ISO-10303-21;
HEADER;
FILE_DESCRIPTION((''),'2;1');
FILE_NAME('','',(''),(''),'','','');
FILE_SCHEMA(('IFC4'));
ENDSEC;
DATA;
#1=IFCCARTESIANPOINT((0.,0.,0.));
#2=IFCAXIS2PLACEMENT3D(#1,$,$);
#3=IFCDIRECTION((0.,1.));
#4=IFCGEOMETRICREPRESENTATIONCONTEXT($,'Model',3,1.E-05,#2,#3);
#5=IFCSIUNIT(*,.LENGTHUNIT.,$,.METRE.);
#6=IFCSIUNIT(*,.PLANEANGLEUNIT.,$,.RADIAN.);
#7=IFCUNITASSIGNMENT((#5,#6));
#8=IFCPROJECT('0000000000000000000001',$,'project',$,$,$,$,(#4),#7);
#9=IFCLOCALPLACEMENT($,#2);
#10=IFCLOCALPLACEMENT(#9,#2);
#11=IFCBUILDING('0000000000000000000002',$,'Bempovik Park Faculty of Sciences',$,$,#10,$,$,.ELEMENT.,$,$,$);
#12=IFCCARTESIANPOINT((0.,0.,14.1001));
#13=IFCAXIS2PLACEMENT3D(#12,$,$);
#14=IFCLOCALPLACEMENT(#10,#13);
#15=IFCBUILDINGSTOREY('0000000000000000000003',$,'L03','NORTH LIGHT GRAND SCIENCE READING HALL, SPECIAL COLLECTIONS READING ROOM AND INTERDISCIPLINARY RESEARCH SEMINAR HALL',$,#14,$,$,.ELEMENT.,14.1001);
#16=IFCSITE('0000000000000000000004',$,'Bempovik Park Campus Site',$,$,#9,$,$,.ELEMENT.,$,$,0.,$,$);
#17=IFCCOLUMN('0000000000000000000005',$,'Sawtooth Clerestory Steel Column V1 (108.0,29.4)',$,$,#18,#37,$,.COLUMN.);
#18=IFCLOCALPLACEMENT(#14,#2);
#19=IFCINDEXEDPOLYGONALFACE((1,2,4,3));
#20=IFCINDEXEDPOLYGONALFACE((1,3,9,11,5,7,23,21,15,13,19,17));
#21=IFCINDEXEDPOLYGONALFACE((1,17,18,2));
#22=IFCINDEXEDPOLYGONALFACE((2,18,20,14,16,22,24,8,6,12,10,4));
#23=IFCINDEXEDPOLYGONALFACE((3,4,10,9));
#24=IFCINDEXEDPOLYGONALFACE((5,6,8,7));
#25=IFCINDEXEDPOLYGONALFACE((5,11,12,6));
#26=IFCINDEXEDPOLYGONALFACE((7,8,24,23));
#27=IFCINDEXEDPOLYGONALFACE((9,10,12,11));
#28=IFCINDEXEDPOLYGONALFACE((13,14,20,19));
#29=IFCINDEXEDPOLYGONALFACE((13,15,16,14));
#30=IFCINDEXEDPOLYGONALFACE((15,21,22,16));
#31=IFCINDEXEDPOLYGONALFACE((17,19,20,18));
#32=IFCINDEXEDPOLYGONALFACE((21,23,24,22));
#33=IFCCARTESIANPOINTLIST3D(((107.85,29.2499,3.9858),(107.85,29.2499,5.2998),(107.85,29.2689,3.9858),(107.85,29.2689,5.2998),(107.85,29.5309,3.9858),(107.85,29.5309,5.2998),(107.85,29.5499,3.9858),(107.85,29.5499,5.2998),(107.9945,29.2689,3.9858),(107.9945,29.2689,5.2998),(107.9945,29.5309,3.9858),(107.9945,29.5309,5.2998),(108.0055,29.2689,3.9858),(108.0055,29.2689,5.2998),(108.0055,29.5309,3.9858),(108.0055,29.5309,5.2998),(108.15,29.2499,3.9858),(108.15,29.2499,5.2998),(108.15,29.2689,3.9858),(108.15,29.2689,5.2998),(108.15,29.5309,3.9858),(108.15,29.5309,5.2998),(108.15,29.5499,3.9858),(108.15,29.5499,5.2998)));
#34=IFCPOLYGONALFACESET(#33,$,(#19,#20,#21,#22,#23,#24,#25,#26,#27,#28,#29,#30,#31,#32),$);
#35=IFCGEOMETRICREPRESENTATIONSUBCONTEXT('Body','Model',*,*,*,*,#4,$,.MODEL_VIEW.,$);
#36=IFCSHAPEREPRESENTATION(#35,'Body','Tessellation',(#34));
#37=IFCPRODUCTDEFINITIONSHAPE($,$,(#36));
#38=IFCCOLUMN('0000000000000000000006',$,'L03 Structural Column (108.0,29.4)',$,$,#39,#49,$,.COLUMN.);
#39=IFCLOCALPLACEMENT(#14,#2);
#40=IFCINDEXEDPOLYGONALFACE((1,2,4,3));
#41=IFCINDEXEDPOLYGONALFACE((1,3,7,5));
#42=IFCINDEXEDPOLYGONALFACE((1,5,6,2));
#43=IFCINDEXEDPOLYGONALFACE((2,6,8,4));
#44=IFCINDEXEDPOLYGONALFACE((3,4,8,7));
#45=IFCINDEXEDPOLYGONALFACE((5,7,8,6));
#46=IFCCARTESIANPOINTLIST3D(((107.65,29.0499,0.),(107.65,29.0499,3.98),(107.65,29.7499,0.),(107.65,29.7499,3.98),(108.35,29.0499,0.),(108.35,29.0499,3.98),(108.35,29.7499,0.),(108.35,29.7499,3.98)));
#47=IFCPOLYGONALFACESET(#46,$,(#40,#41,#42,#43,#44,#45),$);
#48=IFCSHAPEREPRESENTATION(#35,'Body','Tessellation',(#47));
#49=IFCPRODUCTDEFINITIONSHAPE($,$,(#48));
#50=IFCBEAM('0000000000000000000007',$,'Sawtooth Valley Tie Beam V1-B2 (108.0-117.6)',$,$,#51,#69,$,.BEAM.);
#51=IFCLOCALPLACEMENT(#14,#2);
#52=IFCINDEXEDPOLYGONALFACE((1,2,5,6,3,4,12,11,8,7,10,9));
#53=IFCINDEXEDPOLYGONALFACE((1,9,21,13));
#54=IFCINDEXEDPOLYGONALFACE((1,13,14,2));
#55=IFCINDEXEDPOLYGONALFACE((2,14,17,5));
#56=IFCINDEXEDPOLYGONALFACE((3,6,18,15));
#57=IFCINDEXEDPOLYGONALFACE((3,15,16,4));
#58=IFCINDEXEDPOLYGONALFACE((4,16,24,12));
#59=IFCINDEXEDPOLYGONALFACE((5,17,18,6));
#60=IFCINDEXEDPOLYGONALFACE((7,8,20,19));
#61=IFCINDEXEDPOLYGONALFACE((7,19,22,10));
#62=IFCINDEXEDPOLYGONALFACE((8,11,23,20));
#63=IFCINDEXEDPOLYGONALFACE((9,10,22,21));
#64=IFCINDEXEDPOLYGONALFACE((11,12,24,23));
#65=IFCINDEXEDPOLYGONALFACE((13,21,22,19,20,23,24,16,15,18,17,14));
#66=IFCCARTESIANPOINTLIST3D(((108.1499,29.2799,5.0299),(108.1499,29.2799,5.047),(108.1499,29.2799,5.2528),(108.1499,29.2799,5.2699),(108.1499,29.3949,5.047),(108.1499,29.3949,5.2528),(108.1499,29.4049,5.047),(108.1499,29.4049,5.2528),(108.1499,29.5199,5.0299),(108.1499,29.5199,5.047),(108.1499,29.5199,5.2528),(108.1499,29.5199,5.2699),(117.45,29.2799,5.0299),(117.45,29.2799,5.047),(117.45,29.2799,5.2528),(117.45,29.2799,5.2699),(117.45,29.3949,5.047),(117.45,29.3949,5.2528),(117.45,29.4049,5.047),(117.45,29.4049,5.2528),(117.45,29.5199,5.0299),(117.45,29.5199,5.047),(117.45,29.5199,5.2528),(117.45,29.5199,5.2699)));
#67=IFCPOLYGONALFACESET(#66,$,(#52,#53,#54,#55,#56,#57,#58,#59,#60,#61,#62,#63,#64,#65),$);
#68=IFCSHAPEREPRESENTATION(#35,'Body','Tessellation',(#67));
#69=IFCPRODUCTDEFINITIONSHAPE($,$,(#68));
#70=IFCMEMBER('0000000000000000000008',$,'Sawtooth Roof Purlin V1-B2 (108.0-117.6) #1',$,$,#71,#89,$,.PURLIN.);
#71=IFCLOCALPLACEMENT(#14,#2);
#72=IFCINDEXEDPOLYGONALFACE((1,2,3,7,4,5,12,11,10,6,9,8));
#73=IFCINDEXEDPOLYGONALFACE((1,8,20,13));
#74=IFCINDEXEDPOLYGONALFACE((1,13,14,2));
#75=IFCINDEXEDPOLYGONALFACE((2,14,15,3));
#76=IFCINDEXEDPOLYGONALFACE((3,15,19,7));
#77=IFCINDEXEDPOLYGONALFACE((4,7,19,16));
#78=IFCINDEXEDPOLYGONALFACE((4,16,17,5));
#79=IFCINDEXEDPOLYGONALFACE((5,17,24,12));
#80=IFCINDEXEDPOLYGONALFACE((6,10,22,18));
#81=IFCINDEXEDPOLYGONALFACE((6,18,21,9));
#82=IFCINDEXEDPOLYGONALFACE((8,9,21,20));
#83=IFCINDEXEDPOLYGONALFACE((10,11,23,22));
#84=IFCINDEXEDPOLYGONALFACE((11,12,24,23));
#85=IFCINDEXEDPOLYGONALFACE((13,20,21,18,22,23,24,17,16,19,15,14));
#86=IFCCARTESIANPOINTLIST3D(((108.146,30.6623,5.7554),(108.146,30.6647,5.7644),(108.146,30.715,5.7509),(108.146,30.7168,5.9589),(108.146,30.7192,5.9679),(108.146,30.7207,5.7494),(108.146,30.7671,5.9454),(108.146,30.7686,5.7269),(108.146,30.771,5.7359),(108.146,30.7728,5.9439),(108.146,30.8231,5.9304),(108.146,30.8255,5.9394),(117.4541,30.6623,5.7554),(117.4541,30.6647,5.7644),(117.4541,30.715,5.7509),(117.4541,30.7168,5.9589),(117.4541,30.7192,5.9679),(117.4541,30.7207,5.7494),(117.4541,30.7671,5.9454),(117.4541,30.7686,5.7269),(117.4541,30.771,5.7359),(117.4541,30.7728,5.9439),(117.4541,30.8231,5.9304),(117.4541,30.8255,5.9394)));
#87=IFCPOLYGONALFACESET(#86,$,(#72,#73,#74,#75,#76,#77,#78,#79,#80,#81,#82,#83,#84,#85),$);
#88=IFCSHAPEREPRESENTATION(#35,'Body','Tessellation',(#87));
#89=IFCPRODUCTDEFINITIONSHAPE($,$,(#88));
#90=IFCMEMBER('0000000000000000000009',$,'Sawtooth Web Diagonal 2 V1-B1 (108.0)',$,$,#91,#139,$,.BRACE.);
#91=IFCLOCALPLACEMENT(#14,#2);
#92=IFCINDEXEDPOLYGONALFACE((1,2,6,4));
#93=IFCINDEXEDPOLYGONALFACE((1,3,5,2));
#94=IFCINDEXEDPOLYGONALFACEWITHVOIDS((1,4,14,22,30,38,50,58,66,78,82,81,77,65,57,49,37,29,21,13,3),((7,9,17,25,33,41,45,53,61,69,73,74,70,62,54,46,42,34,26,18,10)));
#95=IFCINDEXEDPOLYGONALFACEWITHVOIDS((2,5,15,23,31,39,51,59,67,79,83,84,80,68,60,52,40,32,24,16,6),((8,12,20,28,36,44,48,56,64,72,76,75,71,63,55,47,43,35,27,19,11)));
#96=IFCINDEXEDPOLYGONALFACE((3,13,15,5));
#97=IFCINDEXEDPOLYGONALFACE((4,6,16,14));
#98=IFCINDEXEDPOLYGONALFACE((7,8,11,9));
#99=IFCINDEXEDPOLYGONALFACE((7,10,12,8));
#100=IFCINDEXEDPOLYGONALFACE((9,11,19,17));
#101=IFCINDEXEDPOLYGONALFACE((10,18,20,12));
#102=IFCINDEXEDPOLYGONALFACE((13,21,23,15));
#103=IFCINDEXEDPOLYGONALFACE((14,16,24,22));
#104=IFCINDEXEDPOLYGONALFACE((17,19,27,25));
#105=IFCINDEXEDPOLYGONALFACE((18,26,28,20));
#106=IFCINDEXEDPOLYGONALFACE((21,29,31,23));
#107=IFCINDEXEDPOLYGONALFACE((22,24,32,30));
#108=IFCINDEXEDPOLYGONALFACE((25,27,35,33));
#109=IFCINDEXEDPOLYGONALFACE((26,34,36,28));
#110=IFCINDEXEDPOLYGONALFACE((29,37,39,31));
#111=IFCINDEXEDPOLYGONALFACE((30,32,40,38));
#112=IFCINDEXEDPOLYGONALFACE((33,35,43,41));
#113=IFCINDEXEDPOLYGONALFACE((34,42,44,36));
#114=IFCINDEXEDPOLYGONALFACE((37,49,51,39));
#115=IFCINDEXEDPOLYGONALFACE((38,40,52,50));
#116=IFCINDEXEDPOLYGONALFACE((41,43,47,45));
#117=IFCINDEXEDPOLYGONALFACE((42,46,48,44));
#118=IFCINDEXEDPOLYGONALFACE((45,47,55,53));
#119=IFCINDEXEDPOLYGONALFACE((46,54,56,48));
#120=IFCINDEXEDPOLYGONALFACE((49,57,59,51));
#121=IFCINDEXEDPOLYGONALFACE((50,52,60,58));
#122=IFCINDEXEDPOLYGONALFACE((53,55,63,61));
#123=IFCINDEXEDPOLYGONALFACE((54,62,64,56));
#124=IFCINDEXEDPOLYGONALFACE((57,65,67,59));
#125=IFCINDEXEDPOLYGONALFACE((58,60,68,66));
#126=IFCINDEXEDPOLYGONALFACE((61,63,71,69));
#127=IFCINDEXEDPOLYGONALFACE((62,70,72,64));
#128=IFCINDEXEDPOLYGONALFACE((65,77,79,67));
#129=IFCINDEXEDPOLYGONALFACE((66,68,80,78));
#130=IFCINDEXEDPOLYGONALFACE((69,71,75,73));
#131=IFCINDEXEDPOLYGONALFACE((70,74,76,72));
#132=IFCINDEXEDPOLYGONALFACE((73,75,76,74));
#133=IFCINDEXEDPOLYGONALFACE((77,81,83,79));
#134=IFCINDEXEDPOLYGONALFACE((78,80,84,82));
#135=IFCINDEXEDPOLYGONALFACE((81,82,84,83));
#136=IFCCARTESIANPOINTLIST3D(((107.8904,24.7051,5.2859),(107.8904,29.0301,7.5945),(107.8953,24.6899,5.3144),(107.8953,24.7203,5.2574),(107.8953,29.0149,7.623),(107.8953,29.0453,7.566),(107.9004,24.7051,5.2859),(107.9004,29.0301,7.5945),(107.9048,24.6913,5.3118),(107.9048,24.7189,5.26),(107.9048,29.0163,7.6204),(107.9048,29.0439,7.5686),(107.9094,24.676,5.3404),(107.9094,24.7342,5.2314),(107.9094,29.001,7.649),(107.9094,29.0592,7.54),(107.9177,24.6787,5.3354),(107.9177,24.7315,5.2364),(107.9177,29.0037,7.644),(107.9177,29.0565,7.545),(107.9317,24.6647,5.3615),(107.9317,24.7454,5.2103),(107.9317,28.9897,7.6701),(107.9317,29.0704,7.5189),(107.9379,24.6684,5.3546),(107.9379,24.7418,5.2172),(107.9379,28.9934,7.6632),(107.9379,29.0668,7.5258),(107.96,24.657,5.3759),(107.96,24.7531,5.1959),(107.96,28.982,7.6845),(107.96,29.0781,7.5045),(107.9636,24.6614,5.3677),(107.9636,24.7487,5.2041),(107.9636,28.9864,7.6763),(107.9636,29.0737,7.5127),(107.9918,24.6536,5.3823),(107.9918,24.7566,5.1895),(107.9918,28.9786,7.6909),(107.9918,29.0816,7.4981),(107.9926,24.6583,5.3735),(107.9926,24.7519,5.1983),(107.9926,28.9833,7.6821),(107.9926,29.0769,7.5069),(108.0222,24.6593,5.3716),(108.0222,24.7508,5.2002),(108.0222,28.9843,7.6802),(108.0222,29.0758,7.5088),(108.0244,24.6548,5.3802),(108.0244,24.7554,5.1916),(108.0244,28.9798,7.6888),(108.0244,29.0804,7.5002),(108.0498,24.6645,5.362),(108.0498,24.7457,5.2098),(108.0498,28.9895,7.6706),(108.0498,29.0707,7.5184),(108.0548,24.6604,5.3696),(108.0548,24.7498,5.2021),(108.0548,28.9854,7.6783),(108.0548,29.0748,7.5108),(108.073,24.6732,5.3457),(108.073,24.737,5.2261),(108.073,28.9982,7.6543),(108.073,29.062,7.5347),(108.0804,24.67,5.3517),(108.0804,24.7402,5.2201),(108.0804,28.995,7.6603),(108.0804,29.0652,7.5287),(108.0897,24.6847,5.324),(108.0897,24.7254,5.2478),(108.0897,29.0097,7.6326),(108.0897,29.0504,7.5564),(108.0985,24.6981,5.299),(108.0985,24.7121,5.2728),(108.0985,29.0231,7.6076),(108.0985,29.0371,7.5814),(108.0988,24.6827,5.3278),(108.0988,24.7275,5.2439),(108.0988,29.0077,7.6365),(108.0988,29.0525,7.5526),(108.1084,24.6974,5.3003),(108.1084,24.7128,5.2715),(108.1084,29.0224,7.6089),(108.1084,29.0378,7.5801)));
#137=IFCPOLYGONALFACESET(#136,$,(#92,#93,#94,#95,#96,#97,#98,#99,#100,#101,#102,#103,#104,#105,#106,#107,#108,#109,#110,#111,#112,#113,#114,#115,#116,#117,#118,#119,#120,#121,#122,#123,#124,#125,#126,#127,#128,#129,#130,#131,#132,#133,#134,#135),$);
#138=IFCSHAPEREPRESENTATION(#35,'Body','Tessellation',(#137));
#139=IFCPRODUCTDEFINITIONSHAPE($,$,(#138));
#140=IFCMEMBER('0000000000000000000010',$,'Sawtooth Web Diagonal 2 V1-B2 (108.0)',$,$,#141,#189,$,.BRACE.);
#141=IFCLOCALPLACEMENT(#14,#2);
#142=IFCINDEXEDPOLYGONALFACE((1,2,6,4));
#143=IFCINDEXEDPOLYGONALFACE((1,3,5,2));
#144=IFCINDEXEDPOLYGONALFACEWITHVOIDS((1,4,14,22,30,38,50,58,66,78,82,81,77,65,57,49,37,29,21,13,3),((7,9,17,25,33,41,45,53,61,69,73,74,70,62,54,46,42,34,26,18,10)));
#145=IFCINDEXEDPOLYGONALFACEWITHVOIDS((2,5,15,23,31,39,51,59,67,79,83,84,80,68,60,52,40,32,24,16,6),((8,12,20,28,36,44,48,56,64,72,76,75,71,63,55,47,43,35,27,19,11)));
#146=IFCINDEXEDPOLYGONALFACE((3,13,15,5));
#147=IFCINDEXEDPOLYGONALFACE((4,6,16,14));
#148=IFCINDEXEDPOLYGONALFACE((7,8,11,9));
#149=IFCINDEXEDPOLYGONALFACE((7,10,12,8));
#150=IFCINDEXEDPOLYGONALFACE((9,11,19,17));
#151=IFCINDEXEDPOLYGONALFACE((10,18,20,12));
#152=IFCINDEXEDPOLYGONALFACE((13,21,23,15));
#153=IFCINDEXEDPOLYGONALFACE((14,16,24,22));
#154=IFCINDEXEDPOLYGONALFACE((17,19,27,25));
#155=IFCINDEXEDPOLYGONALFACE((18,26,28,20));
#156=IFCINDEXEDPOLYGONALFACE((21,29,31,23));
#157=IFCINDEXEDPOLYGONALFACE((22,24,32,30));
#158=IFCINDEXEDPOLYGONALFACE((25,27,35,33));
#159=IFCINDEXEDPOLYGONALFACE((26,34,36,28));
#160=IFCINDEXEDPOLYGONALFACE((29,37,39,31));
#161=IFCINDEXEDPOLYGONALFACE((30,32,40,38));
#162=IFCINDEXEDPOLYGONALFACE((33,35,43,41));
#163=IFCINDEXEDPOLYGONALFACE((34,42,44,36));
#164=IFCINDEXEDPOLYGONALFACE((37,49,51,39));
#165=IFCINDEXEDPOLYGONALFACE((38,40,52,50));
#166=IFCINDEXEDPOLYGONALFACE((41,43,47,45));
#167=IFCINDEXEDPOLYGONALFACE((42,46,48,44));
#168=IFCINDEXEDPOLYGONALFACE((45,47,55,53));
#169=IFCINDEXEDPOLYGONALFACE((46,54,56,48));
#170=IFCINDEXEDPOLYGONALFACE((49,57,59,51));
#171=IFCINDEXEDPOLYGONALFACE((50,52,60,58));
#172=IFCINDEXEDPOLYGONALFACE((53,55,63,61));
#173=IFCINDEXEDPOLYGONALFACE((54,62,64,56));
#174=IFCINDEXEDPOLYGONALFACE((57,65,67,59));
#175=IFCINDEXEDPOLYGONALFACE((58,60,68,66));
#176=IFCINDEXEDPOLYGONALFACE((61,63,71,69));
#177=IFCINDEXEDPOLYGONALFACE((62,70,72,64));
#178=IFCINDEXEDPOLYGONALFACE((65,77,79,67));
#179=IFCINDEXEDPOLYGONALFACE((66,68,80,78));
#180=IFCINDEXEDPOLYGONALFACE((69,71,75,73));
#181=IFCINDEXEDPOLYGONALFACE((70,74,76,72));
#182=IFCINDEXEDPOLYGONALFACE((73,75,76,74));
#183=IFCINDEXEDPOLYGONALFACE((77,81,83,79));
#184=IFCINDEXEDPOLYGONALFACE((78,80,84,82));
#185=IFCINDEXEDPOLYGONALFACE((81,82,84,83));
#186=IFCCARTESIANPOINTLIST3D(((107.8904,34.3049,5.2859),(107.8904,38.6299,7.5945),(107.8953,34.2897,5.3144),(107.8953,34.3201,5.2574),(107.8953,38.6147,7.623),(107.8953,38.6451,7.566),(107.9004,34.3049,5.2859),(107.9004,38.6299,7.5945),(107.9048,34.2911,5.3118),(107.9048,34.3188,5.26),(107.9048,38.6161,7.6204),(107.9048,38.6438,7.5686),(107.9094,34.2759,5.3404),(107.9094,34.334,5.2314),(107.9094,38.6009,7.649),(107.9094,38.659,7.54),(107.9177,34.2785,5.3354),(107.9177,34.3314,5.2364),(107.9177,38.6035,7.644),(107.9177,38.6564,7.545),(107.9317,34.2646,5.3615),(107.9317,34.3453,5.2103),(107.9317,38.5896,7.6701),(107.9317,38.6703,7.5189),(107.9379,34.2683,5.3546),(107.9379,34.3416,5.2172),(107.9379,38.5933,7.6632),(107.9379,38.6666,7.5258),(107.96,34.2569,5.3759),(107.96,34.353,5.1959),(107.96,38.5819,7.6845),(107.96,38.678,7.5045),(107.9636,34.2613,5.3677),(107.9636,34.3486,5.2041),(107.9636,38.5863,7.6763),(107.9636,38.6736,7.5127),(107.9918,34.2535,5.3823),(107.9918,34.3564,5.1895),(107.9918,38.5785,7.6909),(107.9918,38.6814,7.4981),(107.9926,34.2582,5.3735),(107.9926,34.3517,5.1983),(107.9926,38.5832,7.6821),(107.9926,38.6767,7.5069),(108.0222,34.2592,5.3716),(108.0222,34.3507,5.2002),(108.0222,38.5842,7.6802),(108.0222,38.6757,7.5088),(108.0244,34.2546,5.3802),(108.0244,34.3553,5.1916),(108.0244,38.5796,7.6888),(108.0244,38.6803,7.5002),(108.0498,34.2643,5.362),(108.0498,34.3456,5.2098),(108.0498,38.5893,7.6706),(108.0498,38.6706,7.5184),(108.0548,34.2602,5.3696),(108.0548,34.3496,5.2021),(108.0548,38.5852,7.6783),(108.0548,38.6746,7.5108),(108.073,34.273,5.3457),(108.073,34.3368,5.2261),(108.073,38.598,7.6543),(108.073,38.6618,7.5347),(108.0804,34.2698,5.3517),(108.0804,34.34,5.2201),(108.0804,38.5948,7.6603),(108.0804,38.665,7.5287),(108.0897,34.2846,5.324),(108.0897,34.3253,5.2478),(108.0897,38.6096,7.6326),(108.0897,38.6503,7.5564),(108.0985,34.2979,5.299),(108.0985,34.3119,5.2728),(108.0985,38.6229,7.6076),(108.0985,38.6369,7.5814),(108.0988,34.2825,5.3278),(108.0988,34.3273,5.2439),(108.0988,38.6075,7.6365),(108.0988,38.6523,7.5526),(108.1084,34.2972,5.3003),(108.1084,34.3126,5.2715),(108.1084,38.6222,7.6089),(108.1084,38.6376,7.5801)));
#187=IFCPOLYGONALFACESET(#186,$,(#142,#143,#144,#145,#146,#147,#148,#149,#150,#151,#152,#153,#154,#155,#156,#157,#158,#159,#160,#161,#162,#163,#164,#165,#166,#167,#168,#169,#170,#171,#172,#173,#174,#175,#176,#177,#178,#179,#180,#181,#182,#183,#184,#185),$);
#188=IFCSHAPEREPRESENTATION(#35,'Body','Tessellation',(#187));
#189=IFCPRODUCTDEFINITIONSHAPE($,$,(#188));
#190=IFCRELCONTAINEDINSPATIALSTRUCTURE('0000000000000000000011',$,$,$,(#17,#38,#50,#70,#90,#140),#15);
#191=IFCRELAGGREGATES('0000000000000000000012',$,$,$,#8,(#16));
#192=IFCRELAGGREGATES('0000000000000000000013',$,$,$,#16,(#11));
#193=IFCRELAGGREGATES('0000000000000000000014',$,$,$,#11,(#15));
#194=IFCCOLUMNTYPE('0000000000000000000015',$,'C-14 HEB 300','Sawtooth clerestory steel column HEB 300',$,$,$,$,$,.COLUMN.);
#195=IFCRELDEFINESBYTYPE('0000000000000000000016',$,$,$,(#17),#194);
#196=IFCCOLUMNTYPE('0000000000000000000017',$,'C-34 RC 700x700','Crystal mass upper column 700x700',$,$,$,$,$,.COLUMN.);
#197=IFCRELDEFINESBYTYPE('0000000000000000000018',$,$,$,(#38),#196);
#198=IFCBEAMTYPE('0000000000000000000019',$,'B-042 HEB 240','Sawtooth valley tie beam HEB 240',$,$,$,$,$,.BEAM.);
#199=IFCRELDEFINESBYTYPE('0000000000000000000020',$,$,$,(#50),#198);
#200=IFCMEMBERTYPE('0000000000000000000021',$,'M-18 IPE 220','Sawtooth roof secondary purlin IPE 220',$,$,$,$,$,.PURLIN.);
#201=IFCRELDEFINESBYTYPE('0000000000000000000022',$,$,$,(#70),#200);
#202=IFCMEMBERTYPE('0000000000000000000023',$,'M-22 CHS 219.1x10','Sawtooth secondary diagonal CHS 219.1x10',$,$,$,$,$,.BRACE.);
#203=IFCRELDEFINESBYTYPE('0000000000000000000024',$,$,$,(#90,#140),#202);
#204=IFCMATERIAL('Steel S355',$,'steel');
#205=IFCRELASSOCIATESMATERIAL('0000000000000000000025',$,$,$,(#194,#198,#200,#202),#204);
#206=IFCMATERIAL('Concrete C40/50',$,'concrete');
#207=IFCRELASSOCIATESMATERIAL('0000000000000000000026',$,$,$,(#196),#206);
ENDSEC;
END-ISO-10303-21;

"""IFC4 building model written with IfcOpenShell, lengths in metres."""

from ifc_helpers import new_model, si_unit, direction, frame, origin, origin_2d, place, context, subcontext, project, spatial, rectangle, hollow_circle, i_section, extrude, material, material_profile, profile_set, type_object, element, save


model = new_model("IFC4")

# Units and contexts
model_context = context("Model", 3, precision=1e-05, world=origin(), true_north=direction((0.0, 1.0)))
body_context = subcontext(model_context, "Body", "Model", "MODEL_VIEW")
ifc_project = project(units=[si_unit("LENGTHUNIT", "METRE"), si_unit("PLANEANGLEUNIT", "RADIAN")], contexts=[model_context])

# Site, building, storey
site_placement = place(None, origin())
site = spatial("IfcSite", under=ifc_project, at=site_placement, Name="Bempovik Park Campus Site", CompositionType="ELEMENT", RefElevation=0.0)
building_placement = place(site_placement, origin())
building = spatial("IfcBuilding", under=site, at=building_placement, Name="Bempovik Park Faculty of Sciences", CompositionType="ELEMENT")
storey_placement = place(building_placement, frame((0.0, 0.0, 14.1001)))
storey = spatial("IfcBuildingStorey", under=building, at=storey_placement, Name="L03", Description="NORTH LIGHT GRAND SCIENCE READING HALL, SPECIAL COLLECTIONS READING ROOM AND INTERDISCIPLINARY RESEARCH SEMINAR HALL", CompositionType="ELEMENT", Elevation=14.1001)

# Columns
ifc_material_1 = material(Name="Steel S355", Category="steel")
ifc_material_profile_1 = material_profile(ifc_material_1, i_section(OverallWidth=0.3, OverallDepth=0.3, WebThickness=0.011, FlangeThickness=0.019, at=origin_2d()), Name="HEB 300")
ifc_profile_set_1 = profile_set([ifc_material_profile_1], Name="Steel S355")
column_type_1 = type_object("IfcColumnType", Name="C-14 HEB 300", Description="Sawtooth clerestory steel column HEB 300", PredefinedType="COLUMN", material=ifc_profile_set_1)
column_1_placement = place(storey_placement, frame((108.0, 29.3999, 3.9858), z_axis=(0.0, 0.0, 1.0), x_axis=(1.0, 0.0, 0.0)))
element("IfcColumn", 1, at=column_1_placement, inside=storey, type_object=column_type_1, Name="Sawtooth Clerestory Steel Column V1 (108.0,29.4)", PredefinedType="COLUMN", context=body_context, shape_type="SweptSolid", body=[
    extrude(i_section(OverallWidth=0.3, OverallDepth=0.3, WebThickness=0.011, FlangeThickness=0.019, at=origin_2d()), origin(), (0.0, 0.0, 1.0), 1.314),
])
ifc_material_2 = material(Name="Concrete C40/50", Category="concrete")
ifc_material_profile_2 = material_profile(ifc_material_2, rectangle(XDim=0.7, YDim=0.7, at=origin_2d()), Name="RC 700x700")
ifc_profile_set_2 = profile_set([ifc_material_profile_2], Name="Concrete C40/50")
column_type_2 = type_object("IfcColumnType", Name="C-34 RC 700x700", Description="Crystal mass upper column 700x700", PredefinedType="COLUMN", material=ifc_profile_set_2)
column_2_placement = place(storey_placement, frame((108.0, 29.3999, 0.0), z_axis=(0.0, 0.0, 1.0), x_axis=(1.0, 0.0, 0.0)))
element("IfcColumn", 2, at=column_2_placement, inside=storey, type_object=column_type_2, Name="L03 Structural Column (108.0,29.4)", PredefinedType="COLUMN", context=body_context, shape_type="SweptSolid", body=[
    extrude(rectangle(XDim=0.7, YDim=0.7, at=origin_2d()), origin(), (0.0, 0.0, 1.0), 3.98),
])

# Beam
ifc_material_profile_3 = material_profile(ifc_material_1, i_section(OverallWidth=0.24, OverallDepth=0.24, WebThickness=0.01, FlangeThickness=0.0171, at=origin_2d()), Name="HEB 240")
ifc_profile_set_3 = profile_set([ifc_material_profile_3], Name="Steel S355")
beam_type = type_object("IfcBeamType", Name="B-042 HEB 240", Description="Sawtooth valley tie beam HEB 240", PredefinedType="BEAM", material=ifc_profile_set_3)
beam_placement = place(storey_placement, frame((108.1499, 29.3999, 5.1499), z_axis=(1.0, 0.0, 0.0), x_axis=(0.0, 1.0, 0.0)))
element("IfcBeam", 3, at=beam_placement, inside=storey, type_object=beam_type, Name="Sawtooth Valley Tie Beam V1-B2 (108.0-117.6)", PredefinedType="BEAM", context=body_context, shape_type="SweptSolid", body=[
    extrude(i_section(OverallWidth=0.24, OverallDepth=0.24, WebThickness=0.01, FlangeThickness=0.0171, at=origin_2d()), origin(), (0.0, 0.0, 1.0), 9.3),
])

# Members
ifc_material_profile_4 = material_profile(ifc_material_1, i_section(OverallWidth=0.1101, OverallDepth=0.22, WebThickness=0.0059, FlangeThickness=0.0093, at=origin_2d()), Name="IPE 220")
ifc_profile_set_4 = profile_set([ifc_material_profile_4], Name="Steel S355")
member_type_1 = type_object("IfcMemberType", Name="M-18 IPE 220", Description="Sawtooth roof secondary purlin IPE 220", PredefinedType="PURLIN", material=ifc_profile_set_4)
member_1_placement = place(storey_placement, frame((108.146, 30.7439, 5.8474), z_axis=(1.0, 0.0, 0.0), x_axis=(0.0, 0.965926, -0.258819)))
element("IfcMember", 4, at=member_1_placement, inside=storey, type_object=member_type_1, Name="Sawtooth Roof Purlin V1-B2 (108.0-117.6) #1", PredefinedType="PURLIN", context=body_context, shape_type="SweptSolid", body=[
    extrude(i_section(OverallWidth=0.1101, OverallDepth=0.22, WebThickness=0.0059, FlangeThickness=0.0093, at=origin_2d()), origin(), (0.0, 0.0, 1.0), 9.3081),
])
ifc_material_profile_5 = material_profile(ifc_material_1, hollow_circle(Radius=0.1096, WallThickness=0.01, at=origin_2d()), Name="CHS 219.1x10")
ifc_profile_set_5 = profile_set([ifc_material_profile_5], Name="Steel S355")
member_type_2 = type_object("IfcMemberType", Name="M-22 CHS 219.1x10", Description="Sawtooth secondary diagonal CHS 219.1x10", PredefinedType="BRACE", material=ifc_profile_set_5)
for number, where, z_axis, x_axis, name in (
    (5, (108.0, 24.7051, 5.2859), (0.0, 0.882187, 0.470898), (-1.0, 0.0, 0.0), "Sawtooth Web Diagonal 2 V1-B1 (108.0)"),
    (6, (108.0, 34.3049, 5.2859), (0.0, 0.882187, 0.470898), (-1.0, 0.0, 0.0), "Sawtooth Web Diagonal 2 V1-B2 (108.0)"),
):
    element("IfcMember", number, at=place(storey_placement, frame(where, z_axis=z_axis, x_axis=x_axis)), inside=storey, type_object=member_type_2, Name=name, PredefinedType="BRACE", context=body_context, shape_type="SweptSolid", body=[
        extrude(hollow_circle(Radius=0.1096, WallThickness=0.01, at=origin_2d()), origin(), (0.0, 0.0, 1.0), 4.9026),
    ])

save(model, "model.ifc")
